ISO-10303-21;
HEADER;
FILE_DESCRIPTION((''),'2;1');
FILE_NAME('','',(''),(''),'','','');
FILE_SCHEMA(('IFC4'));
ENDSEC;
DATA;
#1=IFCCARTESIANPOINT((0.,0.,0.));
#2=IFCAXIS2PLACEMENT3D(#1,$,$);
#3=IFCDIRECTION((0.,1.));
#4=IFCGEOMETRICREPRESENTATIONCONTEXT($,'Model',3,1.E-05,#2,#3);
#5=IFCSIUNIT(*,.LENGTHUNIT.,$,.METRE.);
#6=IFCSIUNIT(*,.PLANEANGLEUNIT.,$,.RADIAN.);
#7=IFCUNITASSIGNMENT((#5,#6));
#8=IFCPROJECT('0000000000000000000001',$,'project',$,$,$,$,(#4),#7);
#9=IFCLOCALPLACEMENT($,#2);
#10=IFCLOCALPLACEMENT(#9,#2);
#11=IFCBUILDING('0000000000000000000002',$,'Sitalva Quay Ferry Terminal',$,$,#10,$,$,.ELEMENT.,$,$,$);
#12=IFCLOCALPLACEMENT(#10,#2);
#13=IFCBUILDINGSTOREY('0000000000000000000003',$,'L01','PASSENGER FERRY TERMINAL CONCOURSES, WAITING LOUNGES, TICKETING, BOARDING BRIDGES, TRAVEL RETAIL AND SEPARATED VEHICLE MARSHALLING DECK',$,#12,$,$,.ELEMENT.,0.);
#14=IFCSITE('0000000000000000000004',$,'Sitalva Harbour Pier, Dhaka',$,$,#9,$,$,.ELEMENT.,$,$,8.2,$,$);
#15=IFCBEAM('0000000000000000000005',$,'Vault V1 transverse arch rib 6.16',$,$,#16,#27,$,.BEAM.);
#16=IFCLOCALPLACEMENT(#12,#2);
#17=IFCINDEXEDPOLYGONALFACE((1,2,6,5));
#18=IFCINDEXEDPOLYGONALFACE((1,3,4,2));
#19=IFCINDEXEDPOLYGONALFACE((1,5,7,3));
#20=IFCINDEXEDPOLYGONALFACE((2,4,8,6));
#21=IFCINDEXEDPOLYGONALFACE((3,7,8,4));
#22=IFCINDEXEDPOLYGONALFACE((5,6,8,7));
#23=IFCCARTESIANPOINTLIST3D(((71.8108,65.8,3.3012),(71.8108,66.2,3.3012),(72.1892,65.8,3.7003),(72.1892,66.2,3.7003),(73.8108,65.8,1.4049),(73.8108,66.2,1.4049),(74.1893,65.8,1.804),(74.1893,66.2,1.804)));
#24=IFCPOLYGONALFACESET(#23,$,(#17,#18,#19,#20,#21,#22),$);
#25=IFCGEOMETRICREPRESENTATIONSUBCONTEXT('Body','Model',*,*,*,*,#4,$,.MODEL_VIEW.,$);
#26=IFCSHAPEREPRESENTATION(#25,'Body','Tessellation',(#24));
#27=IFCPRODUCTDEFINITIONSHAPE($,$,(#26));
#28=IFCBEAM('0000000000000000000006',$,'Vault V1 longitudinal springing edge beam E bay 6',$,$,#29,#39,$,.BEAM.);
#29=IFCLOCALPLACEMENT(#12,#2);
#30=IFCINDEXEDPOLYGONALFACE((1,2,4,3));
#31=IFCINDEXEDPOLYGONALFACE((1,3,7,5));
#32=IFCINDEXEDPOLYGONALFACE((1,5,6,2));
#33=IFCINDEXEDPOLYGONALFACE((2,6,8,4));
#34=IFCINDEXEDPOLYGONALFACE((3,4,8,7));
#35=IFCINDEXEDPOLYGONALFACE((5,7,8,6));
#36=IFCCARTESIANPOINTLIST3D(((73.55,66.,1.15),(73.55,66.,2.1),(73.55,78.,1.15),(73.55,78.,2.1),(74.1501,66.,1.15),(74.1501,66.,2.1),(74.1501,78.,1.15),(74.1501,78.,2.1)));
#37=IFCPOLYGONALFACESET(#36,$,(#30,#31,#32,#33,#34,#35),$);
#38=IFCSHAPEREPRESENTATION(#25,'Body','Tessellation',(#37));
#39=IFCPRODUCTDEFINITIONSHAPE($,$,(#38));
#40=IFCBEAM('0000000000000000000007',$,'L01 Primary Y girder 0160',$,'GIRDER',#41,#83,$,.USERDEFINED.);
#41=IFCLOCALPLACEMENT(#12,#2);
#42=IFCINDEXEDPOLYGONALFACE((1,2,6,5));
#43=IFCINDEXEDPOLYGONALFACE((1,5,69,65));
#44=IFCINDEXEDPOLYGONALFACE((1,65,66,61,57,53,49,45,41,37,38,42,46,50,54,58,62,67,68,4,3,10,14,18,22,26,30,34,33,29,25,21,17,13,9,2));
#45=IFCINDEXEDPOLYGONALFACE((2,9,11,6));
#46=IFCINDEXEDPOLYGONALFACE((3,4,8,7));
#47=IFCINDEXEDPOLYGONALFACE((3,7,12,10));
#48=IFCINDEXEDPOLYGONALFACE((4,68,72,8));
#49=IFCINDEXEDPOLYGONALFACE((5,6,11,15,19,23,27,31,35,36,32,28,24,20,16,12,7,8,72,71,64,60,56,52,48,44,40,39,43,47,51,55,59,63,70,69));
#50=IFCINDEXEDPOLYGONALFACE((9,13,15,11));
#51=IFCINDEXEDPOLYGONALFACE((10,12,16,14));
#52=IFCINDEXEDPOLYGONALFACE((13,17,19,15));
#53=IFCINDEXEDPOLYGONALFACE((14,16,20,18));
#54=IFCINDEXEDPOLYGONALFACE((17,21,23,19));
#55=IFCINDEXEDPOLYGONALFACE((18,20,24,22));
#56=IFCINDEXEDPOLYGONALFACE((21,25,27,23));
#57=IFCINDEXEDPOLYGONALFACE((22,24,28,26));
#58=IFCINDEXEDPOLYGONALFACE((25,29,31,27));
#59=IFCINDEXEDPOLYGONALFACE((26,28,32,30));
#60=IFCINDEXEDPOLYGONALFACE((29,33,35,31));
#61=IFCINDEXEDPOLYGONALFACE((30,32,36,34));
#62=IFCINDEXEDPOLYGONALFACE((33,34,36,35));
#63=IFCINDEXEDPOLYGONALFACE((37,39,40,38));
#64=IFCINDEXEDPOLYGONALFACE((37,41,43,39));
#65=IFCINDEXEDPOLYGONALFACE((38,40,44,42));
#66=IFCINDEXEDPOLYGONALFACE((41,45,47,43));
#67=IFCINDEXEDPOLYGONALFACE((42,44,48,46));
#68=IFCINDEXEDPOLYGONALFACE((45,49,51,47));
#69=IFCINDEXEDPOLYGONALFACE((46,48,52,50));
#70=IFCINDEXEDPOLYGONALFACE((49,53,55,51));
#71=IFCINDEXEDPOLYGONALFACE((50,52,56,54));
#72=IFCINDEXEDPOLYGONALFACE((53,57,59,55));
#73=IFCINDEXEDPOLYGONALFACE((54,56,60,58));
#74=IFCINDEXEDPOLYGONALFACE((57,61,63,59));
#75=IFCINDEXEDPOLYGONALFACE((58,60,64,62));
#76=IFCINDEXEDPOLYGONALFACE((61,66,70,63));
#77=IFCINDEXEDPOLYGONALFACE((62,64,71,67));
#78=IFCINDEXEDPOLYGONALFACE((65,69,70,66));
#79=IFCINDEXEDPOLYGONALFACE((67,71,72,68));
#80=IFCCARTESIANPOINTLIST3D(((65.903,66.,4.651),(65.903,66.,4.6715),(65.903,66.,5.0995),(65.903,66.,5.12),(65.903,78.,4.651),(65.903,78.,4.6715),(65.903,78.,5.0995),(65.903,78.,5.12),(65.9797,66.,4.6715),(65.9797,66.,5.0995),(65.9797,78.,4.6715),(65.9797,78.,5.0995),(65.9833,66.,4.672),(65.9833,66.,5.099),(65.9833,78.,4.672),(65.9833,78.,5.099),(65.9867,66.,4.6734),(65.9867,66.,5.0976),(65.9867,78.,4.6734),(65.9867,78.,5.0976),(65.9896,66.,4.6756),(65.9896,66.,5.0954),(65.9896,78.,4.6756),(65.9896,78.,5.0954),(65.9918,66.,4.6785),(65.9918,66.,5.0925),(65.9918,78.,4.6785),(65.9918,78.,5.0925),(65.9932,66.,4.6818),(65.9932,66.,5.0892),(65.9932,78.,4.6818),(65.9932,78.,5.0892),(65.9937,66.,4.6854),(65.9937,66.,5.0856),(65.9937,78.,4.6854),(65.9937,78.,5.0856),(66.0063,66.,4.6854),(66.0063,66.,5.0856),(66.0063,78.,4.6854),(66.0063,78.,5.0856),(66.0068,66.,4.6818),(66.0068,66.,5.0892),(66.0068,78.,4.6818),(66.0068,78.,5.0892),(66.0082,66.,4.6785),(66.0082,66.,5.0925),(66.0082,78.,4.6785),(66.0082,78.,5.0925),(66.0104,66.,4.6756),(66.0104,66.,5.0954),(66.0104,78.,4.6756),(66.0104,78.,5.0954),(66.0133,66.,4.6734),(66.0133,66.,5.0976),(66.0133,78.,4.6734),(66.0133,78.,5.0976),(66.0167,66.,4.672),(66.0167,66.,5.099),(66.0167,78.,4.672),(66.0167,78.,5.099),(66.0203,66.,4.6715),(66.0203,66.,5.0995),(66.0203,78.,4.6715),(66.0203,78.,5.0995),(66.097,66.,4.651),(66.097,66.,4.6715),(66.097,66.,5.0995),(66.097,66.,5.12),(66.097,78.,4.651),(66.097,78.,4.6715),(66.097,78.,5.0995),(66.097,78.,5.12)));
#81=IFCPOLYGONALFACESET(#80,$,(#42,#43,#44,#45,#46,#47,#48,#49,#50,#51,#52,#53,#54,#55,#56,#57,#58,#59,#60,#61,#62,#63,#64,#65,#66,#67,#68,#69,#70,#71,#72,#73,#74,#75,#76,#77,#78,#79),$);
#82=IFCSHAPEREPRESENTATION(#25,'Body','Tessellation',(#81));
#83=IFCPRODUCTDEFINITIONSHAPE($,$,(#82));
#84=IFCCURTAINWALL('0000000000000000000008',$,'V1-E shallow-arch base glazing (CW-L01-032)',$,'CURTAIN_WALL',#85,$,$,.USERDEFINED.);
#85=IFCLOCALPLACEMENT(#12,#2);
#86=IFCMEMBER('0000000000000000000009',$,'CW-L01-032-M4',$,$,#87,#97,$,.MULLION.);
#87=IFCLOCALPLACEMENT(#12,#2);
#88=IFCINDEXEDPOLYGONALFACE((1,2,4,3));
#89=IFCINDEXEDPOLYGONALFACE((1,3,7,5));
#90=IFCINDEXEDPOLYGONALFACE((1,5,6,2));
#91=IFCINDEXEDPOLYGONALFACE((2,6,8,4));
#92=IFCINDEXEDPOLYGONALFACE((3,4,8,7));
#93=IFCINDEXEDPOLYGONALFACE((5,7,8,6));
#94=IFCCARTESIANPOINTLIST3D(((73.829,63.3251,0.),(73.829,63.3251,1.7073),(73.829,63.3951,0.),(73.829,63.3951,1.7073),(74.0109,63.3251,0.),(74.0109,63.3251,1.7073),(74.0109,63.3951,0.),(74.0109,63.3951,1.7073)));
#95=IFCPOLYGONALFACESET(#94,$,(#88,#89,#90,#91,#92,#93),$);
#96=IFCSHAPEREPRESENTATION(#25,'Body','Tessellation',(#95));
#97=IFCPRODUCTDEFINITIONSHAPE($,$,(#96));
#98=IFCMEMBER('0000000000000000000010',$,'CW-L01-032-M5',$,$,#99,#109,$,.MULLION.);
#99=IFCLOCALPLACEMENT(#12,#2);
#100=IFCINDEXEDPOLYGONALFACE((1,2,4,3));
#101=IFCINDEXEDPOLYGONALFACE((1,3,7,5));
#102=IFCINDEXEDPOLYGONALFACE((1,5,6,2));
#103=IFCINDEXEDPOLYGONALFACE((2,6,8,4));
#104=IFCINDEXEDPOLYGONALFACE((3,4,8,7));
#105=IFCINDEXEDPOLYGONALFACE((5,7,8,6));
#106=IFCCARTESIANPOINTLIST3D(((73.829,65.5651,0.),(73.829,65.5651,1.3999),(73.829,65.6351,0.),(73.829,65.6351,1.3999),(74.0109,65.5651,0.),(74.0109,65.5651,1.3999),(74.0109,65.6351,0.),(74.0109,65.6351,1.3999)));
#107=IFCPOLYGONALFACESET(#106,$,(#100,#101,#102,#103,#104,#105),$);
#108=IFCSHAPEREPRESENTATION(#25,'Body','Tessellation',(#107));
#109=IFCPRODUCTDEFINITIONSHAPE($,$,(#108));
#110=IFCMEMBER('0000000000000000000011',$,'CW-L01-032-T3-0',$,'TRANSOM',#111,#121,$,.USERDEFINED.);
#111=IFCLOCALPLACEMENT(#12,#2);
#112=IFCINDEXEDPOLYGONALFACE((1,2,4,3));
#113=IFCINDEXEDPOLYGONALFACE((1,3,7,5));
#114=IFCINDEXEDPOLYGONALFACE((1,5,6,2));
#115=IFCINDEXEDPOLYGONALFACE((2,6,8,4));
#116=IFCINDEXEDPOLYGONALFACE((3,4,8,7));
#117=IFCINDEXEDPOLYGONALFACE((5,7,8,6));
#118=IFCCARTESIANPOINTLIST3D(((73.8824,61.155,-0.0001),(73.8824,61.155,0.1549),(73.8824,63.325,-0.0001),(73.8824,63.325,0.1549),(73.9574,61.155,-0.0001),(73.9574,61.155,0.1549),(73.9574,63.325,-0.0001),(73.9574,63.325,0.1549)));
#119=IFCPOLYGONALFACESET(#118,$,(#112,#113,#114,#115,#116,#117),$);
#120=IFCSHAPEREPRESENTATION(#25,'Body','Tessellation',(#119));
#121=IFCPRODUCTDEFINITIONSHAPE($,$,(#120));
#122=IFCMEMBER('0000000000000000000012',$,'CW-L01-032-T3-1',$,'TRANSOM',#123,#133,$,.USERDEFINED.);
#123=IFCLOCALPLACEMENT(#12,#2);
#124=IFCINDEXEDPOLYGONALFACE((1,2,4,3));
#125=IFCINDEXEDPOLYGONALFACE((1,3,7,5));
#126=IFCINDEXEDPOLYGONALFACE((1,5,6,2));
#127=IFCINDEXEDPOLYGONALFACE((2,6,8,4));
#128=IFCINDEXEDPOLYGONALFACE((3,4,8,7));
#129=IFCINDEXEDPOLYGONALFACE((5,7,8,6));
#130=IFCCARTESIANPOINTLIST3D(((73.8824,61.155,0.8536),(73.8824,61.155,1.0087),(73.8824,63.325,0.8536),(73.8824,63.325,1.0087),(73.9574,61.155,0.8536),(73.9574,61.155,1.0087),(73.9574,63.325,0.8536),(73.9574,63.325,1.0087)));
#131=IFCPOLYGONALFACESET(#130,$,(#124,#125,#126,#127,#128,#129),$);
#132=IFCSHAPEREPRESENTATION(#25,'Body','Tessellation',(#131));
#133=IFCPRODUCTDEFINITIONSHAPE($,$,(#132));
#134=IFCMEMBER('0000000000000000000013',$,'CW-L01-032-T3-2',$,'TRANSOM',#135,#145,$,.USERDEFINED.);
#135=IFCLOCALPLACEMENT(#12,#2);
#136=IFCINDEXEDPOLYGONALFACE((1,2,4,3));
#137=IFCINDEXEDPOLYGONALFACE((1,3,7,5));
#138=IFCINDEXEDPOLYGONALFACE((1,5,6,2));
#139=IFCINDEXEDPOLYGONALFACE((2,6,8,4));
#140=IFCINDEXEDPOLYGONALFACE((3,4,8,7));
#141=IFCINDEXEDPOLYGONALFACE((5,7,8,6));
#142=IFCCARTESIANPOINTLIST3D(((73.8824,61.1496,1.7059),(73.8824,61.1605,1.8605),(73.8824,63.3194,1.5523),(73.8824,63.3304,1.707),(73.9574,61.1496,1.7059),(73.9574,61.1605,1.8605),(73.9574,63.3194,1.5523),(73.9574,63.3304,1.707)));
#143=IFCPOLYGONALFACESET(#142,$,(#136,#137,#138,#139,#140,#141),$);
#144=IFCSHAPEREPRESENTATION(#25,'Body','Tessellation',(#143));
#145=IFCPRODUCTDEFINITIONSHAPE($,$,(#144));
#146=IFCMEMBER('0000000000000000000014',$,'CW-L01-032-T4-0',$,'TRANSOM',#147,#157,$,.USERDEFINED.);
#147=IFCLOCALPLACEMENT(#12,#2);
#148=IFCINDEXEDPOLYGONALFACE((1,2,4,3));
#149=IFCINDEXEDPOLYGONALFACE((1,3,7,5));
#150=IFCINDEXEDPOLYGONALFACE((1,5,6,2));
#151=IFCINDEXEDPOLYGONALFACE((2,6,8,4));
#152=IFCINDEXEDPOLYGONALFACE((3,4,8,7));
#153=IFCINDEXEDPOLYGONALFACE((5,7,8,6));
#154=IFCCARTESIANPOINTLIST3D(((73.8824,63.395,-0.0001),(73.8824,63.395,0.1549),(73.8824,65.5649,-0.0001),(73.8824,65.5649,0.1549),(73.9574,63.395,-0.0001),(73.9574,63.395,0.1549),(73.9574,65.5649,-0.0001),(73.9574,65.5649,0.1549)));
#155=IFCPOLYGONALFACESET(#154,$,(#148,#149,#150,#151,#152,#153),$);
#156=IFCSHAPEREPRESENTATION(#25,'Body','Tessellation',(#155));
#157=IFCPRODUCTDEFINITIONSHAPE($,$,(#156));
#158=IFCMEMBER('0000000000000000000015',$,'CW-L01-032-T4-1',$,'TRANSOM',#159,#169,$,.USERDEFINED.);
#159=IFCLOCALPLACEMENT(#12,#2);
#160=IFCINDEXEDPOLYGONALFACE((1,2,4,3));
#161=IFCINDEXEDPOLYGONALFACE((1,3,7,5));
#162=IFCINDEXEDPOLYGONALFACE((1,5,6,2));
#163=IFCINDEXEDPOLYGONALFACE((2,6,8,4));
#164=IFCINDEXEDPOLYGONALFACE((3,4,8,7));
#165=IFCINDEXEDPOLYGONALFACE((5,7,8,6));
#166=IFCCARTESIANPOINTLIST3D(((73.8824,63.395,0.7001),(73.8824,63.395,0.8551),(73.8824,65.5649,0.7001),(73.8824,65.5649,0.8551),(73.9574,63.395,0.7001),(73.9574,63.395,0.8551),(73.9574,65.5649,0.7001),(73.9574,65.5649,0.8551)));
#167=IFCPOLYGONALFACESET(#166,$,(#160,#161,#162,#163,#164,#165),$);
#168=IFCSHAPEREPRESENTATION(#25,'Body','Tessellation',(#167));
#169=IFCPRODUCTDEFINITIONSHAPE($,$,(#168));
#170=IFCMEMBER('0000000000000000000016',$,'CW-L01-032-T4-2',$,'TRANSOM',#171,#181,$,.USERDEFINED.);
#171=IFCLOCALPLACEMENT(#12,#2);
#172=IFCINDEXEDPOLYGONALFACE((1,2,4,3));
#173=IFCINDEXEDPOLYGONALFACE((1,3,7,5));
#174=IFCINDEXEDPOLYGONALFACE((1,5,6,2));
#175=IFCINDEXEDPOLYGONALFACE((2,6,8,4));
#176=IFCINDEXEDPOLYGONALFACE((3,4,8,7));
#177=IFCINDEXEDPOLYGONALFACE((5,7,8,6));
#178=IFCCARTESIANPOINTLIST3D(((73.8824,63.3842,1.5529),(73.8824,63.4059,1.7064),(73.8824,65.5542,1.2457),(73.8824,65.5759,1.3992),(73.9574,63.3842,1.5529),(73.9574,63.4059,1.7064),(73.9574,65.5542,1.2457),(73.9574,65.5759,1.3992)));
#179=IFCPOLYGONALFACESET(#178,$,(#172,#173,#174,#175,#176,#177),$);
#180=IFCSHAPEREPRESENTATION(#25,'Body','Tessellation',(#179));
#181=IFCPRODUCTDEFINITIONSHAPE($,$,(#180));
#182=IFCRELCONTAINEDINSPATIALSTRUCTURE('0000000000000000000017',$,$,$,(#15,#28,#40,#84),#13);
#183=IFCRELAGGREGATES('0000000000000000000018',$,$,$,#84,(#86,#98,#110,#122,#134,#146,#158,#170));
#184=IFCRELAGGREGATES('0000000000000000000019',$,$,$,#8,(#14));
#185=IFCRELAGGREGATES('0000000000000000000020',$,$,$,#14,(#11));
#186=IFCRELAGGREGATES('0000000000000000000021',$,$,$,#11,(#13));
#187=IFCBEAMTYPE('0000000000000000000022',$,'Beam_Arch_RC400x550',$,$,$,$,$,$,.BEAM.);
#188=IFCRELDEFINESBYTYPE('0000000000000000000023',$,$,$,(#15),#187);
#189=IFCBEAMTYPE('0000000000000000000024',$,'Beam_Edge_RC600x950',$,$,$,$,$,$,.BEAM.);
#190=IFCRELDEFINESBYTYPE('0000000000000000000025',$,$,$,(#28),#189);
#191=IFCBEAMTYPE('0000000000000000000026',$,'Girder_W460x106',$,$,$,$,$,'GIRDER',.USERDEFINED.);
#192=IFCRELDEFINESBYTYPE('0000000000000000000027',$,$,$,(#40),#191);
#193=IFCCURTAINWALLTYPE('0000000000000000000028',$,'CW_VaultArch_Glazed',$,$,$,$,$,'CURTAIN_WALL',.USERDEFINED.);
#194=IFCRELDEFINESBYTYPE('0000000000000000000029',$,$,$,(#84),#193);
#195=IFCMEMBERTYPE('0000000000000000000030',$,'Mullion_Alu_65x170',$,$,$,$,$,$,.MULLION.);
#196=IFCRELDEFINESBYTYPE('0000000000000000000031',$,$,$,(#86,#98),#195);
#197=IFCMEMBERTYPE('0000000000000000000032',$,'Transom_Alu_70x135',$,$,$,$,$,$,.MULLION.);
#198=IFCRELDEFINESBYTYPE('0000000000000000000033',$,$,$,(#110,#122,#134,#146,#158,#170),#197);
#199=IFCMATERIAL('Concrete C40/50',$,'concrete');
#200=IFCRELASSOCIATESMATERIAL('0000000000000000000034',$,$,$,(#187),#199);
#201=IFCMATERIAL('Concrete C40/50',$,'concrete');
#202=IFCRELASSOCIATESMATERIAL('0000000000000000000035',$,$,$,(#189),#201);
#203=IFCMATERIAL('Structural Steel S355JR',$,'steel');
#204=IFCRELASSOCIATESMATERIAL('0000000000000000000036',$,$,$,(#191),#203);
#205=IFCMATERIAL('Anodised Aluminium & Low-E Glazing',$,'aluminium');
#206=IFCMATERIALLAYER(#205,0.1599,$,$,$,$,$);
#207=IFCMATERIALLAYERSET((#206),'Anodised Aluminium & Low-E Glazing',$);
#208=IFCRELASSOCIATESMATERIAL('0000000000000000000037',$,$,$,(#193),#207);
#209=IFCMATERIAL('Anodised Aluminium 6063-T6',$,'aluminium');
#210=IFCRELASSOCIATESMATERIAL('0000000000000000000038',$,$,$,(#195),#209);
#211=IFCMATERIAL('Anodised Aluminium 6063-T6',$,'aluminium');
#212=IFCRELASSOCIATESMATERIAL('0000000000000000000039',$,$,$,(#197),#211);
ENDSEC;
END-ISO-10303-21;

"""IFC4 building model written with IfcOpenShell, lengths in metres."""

from ifc_helpers import new_model, si_unit, direction, frame, origin, origin_2d, place, context, subcontext, project, spatial, rectangle, i_section, extrude, material, layer, layer_set, material_profile, profile_set, type_object, element, aggregate, save


model = new_model("IFC4")

# Units and contexts
model_context = context("Model", 3, precision=1e-05, world=origin(), true_north=direction((0.0, 1.0)))
body_context = subcontext(model_context, "Body", "Model", "MODEL_VIEW")
ifc_project = project(units=[si_unit("LENGTHUNIT", "METRE"), si_unit("PLANEANGLEUNIT", "RADIAN")], contexts=[model_context])

# Site, building, storey
site_placement = place(None, origin())
site = spatial("IfcSite", under=ifc_project, at=site_placement, Name="Sitalva Harbour Pier, Dhaka", CompositionType="ELEMENT", RefElevation=8.2)
building_placement = place(site_placement, origin())
building = spatial("IfcBuilding", under=site, at=building_placement, Name="Sitalva Quay Ferry Terminal", CompositionType="ELEMENT")
storey_placement = place(building_placement, origin())
storey = spatial("IfcBuildingStorey", under=building, at=storey_placement, Name="L01", Description="PASSENGER FERRY TERMINAL CONCOURSES, WAITING LOUNGES, TICKETING, BOARDING BRIDGES, TRAVEL RETAIL AND SEPARATED VEHICLE MARSHALLING DECK", CompositionType="ELEMENT", Elevation=0.0)

# Beams
ifc_material_1 = material(Name="Concrete C40/50", Category="concrete")
ifc_material_profile_1 = material_profile(ifc_material_1, rectangle(XDim=0.3999, YDim=0.55, at=origin_2d()), Name="RC400x550")
ifc_profile_set_1 = profile_set([ifc_material_profile_1], Name="Concrete C40/50")
beam_type_1 = type_object("IfcBeamType", Name="Beam_Arch_RC400x550", PredefinedType="BEAM", material=ifc_profile_set_1)
beam_1_placement = place(storey_placement, frame((72.0, 66.0, 3.5007), z_axis=(0.72568, 0.0, -0.688032), x_axis=(0.0, 1.0, 0.0)))
element("IfcBeam", 1, at=beam_1_placement, inside=storey, type_object=beam_type_1, Name="Vault V1 transverse arch rib 6.16", PredefinedType="BEAM", context=body_context, shape_type="SweptSolid", body=[
    extrude(rectangle(XDim=0.3999, YDim=0.55, at=origin_2d()), origin(), (0.0, 0.0, 1.0), 2.7561),
])
ifc_material_2 = material(Name="Concrete C40/50", Category="concrete")
ifc_material_profile_2 = material_profile(ifc_material_2, rectangle(XDim=0.6001, YDim=0.95, at=origin_2d()), Name="RC600x950")
ifc_profile_set_2 = profile_set([ifc_material_profile_2], Name="Concrete C40/50")
beam_type_2 = type_object("IfcBeamType", Name="Beam_Edge_RC600x950", PredefinedType="BEAM", material=ifc_profile_set_2)
beam_2_placement = place(storey_placement, frame((73.8501, 66.0, 1.625), z_axis=(0.0, 1.0, 0.0), x_axis=(-1.0, 0.0, 0.0)))
element("IfcBeam", 2, at=beam_2_placement, inside=storey, type_object=beam_type_2, Name="Vault V1 longitudinal springing edge beam E bay 6", PredefinedType="BEAM", context=body_context, shape_type="SweptSolid", body=[
    extrude(rectangle(XDim=0.6001, YDim=0.95, at=origin_2d()), origin(), (0.0, 0.0, 1.0), 12.0),
])
ifc_material_3 = material(Name="Structural Steel S355JR", Category="steel")
ifc_material_profile_3 = material_profile(ifc_material_3, i_section(OverallWidth=0.1941, OverallDepth=0.469, WebThickness=0.0127, FlangeThickness=0.0205, FilletRadius=0.0139, at=origin_2d()), Name="W460x106")
ifc_profile_set_3 = profile_set([ifc_material_profile_3], Name="Structural Steel S355JR")
beam_type_3 = type_object("IfcBeamType", Name="Girder_W460x106", ElementType="GIRDER", PredefinedType="USERDEFINED", material=ifc_profile_set_3)
beam_3_placement = place(storey_placement, frame((66.0, 66.0, 4.8855), z_axis=(0.0, 1.0, 0.0), x_axis=(-1.0, 0.0, 0.0)))
element("IfcBeam", 3, at=beam_3_placement, inside=storey, type_object=beam_type_3, Name="L01 Primary Y girder 0160", ObjectType="GIRDER", PredefinedType="USERDEFINED", context=body_context, shape_type="SweptSolid", body=[
    extrude(i_section(OverallWidth=0.1941, OverallDepth=0.469, WebThickness=0.0127, FlangeThickness=0.0205, FilletRadius=0.0139, at=origin_2d()), origin(), (0.0, 0.0, 1.0), 12.0),
])

# Curtain wall, members
ifc_material_4 = material(Name="Anodised Aluminium & Low-E Glazing", Category="aluminium")
ifc_layer_1 = layer(ifc_material_4, 0.1599)
ifc_layer_set_1 = layer_set([ifc_layer_1], Name="Anodised Aluminium & Low-E Glazing")
curtain_wall_type = type_object("IfcCurtainWallType", Name="CW_VaultArch_Glazed", ElementType="CURTAIN_WALL", PredefinedType="USERDEFINED", material=ifc_layer_set_1)
curtain_wall_placement = place(storey_placement, origin())
curtain_wall = element("IfcCurtainWall", 4, at=curtain_wall_placement, inside=storey, type_object=curtain_wall_type, Name="V1-E shallow-arch base glazing (CW-L01-032)", ObjectType="CURTAIN_WALL", PredefinedType="USERDEFINED")
ifc_material_5 = material(Name="Anodised Aluminium 6063-T6", Category="aluminium")
ifc_material_profile_4 = material_profile(ifc_material_5, rectangle(XDim=0.0701, YDim=0.1819, at=origin_2d()), Name="ALU70x182")
ifc_profile_set_4 = profile_set([ifc_material_profile_4], Name="Anodised Aluminium 6063-T6")
member_type_1 = type_object("IfcMemberType", Name="Mullion_Alu_65x170", PredefinedType="MULLION", material=ifc_profile_set_4)
member_1_placement = place(storey_placement, frame((73.9199, 63.3601, 0.0), z_axis=(0.0, 0.0, 1.0), x_axis=(0.0, 1.0, 0.0)))
member_1 = element("IfcMember", 5, at=member_1_placement, type_object=member_type_1, Name="CW-L01-032-M4", PredefinedType="MULLION", context=body_context, shape_type="SweptSolid", body=[
    extrude(rectangle(XDim=0.0701, YDim=0.1819, at=origin_2d()), origin(), (0.0, 0.0, 1.0), 1.7073),
])
member_2_placement = place(storey_placement, frame((73.9199, 65.6001, 0.0), z_axis=(0.0, 0.0, 1.0), x_axis=(0.0, 1.0, 0.0)))
member_2 = element("IfcMember", 6, at=member_2_placement, type_object=member_type_1, Name="CW-L01-032-M5", PredefinedType="MULLION", context=body_context, shape_type="SweptSolid", body=[
    extrude(rectangle(XDim=0.0701, YDim=0.1819, at=origin_2d()), origin(), (0.0, 0.0, 1.0), 1.3999),
])
ifc_material_6 = material(Name="Anodised Aluminium 6063-T6", Category="aluminium")
ifc_material_profile_5 = material_profile(ifc_material_6, rectangle(XDim=0.075, YDim=0.155, at=origin_2d()), Name="ALU75x155")
ifc_profile_set_5 = profile_set([ifc_material_profile_5], Name="Anodised Aluminium 6063-T6")
member_type_2 = type_object("IfcMemberType", Name="Transom_Alu_70x135", PredefinedType="MULLION", material=ifc_profile_set_5)
member_3_placement = place(storey_placement, frame((73.9199, 61.155, 0.0774), z_axis=(0.0, 1.0, 0.0), x_axis=(-1.0, 0.0, 0.0)))
member_3 = element("IfcMember", 7, at=member_3_placement, type_object=member_type_2, Name="CW-L01-032-T3-0", ObjectType="TRANSOM", PredefinedType="USERDEFINED", context=body_context, shape_type="SweptSolid", body=[
    extrude(rectangle(XDim=0.075, YDim=0.155, at=origin_2d()), origin(), (0.0, 0.0, 1.0), 2.1699),
])
member_4_placement = place(storey_placement, frame((73.9199, 61.155, 0.9312), z_axis=(0.0, 1.0, 0.0), x_axis=(-1.0, 0.0, 0.0)))
member_4 = element("IfcMember", 8, at=member_4_placement, type_object=member_type_2, Name="CW-L01-032-T3-1", ObjectType="TRANSOM", PredefinedType="USERDEFINED", context=body_context, shape_type="SweptSolid", body=[
    extrude(rectangle(XDim=0.075, YDim=0.155, at=origin_2d()), origin(), (0.0, 0.0, 1.0), 2.1699),
])
member_5_placement = place(storey_placement, frame((73.9199, 61.155, 1.7832), z_axis=(0.0, 0.997505, -0.070593), x_axis=(-1.0, 0.0, 0.0)))
member_5 = element("IfcMember", 9, at=member_5_placement, type_object=member_type_2, Name="CW-L01-032-T3-2", ObjectType="TRANSOM", PredefinedType="USERDEFINED", context=body_context, shape_type="SweptSolid", body=[
    extrude(rectangle(XDim=0.075, YDim=0.155, at=origin_2d()), origin(), (0.0, 0.0, 1.0), 2.1753),
])
member_6_placement = place(storey_placement, frame((73.9199, 63.395, 0.0774), z_axis=(0.0, 1.0, 0.0), x_axis=(-1.0, 0.0, 0.0)))
member_6 = element("IfcMember", 10, at=member_6_placement, type_object=member_type_2, Name="CW-L01-032-T4-0", ObjectType="TRANSOM", PredefinedType="USERDEFINED", context=body_context, shape_type="SweptSolid", body=[
    extrude(rectangle(XDim=0.075, YDim=0.155, at=origin_2d()), origin(), (0.0, 0.0, 1.0), 2.1699),
])
member_7_placement = place(storey_placement, frame((73.9199, 63.395, 0.7776), z_axis=(0.0, 1.0, 0.0), x_axis=(-1.0, 0.0, 0.0)))
member_7 = element("IfcMember", 11, at=member_7_placement, type_object=member_type_2, Name="CW-L01-032-T4-1", ObjectType="TRANSOM", PredefinedType="USERDEFINED", context=body_context, shape_type="SweptSolid", body=[
    extrude(rectangle(XDim=0.075, YDim=0.155, at=origin_2d()), origin(), (0.0, 0.0, 1.0), 2.1699),
])
member_8_placement = place(storey_placement, frame((73.9199, 63.395, 1.6296), z_axis=(0.0, 0.990131, -0.140142), x_axis=(-1.0, 0.0, 0.0)))
member_8 = element("IfcMember", 12, at=member_8_placement, type_object=member_type_2, Name="CW-L01-032-T4-2", ObjectType="TRANSOM", PredefinedType="USERDEFINED", context=body_context, shape_type="SweptSolid", body=[
    extrude(rectangle(XDim=0.075, YDim=0.155, at=origin_2d()), origin(), (0.0, 0.0, 1.0), 2.1917),
])
aggregate(curtain_wall, [member_1, member_2, member_3, member_4, member_5, member_6, member_7, member_8])

save(model, "model.ifc")
